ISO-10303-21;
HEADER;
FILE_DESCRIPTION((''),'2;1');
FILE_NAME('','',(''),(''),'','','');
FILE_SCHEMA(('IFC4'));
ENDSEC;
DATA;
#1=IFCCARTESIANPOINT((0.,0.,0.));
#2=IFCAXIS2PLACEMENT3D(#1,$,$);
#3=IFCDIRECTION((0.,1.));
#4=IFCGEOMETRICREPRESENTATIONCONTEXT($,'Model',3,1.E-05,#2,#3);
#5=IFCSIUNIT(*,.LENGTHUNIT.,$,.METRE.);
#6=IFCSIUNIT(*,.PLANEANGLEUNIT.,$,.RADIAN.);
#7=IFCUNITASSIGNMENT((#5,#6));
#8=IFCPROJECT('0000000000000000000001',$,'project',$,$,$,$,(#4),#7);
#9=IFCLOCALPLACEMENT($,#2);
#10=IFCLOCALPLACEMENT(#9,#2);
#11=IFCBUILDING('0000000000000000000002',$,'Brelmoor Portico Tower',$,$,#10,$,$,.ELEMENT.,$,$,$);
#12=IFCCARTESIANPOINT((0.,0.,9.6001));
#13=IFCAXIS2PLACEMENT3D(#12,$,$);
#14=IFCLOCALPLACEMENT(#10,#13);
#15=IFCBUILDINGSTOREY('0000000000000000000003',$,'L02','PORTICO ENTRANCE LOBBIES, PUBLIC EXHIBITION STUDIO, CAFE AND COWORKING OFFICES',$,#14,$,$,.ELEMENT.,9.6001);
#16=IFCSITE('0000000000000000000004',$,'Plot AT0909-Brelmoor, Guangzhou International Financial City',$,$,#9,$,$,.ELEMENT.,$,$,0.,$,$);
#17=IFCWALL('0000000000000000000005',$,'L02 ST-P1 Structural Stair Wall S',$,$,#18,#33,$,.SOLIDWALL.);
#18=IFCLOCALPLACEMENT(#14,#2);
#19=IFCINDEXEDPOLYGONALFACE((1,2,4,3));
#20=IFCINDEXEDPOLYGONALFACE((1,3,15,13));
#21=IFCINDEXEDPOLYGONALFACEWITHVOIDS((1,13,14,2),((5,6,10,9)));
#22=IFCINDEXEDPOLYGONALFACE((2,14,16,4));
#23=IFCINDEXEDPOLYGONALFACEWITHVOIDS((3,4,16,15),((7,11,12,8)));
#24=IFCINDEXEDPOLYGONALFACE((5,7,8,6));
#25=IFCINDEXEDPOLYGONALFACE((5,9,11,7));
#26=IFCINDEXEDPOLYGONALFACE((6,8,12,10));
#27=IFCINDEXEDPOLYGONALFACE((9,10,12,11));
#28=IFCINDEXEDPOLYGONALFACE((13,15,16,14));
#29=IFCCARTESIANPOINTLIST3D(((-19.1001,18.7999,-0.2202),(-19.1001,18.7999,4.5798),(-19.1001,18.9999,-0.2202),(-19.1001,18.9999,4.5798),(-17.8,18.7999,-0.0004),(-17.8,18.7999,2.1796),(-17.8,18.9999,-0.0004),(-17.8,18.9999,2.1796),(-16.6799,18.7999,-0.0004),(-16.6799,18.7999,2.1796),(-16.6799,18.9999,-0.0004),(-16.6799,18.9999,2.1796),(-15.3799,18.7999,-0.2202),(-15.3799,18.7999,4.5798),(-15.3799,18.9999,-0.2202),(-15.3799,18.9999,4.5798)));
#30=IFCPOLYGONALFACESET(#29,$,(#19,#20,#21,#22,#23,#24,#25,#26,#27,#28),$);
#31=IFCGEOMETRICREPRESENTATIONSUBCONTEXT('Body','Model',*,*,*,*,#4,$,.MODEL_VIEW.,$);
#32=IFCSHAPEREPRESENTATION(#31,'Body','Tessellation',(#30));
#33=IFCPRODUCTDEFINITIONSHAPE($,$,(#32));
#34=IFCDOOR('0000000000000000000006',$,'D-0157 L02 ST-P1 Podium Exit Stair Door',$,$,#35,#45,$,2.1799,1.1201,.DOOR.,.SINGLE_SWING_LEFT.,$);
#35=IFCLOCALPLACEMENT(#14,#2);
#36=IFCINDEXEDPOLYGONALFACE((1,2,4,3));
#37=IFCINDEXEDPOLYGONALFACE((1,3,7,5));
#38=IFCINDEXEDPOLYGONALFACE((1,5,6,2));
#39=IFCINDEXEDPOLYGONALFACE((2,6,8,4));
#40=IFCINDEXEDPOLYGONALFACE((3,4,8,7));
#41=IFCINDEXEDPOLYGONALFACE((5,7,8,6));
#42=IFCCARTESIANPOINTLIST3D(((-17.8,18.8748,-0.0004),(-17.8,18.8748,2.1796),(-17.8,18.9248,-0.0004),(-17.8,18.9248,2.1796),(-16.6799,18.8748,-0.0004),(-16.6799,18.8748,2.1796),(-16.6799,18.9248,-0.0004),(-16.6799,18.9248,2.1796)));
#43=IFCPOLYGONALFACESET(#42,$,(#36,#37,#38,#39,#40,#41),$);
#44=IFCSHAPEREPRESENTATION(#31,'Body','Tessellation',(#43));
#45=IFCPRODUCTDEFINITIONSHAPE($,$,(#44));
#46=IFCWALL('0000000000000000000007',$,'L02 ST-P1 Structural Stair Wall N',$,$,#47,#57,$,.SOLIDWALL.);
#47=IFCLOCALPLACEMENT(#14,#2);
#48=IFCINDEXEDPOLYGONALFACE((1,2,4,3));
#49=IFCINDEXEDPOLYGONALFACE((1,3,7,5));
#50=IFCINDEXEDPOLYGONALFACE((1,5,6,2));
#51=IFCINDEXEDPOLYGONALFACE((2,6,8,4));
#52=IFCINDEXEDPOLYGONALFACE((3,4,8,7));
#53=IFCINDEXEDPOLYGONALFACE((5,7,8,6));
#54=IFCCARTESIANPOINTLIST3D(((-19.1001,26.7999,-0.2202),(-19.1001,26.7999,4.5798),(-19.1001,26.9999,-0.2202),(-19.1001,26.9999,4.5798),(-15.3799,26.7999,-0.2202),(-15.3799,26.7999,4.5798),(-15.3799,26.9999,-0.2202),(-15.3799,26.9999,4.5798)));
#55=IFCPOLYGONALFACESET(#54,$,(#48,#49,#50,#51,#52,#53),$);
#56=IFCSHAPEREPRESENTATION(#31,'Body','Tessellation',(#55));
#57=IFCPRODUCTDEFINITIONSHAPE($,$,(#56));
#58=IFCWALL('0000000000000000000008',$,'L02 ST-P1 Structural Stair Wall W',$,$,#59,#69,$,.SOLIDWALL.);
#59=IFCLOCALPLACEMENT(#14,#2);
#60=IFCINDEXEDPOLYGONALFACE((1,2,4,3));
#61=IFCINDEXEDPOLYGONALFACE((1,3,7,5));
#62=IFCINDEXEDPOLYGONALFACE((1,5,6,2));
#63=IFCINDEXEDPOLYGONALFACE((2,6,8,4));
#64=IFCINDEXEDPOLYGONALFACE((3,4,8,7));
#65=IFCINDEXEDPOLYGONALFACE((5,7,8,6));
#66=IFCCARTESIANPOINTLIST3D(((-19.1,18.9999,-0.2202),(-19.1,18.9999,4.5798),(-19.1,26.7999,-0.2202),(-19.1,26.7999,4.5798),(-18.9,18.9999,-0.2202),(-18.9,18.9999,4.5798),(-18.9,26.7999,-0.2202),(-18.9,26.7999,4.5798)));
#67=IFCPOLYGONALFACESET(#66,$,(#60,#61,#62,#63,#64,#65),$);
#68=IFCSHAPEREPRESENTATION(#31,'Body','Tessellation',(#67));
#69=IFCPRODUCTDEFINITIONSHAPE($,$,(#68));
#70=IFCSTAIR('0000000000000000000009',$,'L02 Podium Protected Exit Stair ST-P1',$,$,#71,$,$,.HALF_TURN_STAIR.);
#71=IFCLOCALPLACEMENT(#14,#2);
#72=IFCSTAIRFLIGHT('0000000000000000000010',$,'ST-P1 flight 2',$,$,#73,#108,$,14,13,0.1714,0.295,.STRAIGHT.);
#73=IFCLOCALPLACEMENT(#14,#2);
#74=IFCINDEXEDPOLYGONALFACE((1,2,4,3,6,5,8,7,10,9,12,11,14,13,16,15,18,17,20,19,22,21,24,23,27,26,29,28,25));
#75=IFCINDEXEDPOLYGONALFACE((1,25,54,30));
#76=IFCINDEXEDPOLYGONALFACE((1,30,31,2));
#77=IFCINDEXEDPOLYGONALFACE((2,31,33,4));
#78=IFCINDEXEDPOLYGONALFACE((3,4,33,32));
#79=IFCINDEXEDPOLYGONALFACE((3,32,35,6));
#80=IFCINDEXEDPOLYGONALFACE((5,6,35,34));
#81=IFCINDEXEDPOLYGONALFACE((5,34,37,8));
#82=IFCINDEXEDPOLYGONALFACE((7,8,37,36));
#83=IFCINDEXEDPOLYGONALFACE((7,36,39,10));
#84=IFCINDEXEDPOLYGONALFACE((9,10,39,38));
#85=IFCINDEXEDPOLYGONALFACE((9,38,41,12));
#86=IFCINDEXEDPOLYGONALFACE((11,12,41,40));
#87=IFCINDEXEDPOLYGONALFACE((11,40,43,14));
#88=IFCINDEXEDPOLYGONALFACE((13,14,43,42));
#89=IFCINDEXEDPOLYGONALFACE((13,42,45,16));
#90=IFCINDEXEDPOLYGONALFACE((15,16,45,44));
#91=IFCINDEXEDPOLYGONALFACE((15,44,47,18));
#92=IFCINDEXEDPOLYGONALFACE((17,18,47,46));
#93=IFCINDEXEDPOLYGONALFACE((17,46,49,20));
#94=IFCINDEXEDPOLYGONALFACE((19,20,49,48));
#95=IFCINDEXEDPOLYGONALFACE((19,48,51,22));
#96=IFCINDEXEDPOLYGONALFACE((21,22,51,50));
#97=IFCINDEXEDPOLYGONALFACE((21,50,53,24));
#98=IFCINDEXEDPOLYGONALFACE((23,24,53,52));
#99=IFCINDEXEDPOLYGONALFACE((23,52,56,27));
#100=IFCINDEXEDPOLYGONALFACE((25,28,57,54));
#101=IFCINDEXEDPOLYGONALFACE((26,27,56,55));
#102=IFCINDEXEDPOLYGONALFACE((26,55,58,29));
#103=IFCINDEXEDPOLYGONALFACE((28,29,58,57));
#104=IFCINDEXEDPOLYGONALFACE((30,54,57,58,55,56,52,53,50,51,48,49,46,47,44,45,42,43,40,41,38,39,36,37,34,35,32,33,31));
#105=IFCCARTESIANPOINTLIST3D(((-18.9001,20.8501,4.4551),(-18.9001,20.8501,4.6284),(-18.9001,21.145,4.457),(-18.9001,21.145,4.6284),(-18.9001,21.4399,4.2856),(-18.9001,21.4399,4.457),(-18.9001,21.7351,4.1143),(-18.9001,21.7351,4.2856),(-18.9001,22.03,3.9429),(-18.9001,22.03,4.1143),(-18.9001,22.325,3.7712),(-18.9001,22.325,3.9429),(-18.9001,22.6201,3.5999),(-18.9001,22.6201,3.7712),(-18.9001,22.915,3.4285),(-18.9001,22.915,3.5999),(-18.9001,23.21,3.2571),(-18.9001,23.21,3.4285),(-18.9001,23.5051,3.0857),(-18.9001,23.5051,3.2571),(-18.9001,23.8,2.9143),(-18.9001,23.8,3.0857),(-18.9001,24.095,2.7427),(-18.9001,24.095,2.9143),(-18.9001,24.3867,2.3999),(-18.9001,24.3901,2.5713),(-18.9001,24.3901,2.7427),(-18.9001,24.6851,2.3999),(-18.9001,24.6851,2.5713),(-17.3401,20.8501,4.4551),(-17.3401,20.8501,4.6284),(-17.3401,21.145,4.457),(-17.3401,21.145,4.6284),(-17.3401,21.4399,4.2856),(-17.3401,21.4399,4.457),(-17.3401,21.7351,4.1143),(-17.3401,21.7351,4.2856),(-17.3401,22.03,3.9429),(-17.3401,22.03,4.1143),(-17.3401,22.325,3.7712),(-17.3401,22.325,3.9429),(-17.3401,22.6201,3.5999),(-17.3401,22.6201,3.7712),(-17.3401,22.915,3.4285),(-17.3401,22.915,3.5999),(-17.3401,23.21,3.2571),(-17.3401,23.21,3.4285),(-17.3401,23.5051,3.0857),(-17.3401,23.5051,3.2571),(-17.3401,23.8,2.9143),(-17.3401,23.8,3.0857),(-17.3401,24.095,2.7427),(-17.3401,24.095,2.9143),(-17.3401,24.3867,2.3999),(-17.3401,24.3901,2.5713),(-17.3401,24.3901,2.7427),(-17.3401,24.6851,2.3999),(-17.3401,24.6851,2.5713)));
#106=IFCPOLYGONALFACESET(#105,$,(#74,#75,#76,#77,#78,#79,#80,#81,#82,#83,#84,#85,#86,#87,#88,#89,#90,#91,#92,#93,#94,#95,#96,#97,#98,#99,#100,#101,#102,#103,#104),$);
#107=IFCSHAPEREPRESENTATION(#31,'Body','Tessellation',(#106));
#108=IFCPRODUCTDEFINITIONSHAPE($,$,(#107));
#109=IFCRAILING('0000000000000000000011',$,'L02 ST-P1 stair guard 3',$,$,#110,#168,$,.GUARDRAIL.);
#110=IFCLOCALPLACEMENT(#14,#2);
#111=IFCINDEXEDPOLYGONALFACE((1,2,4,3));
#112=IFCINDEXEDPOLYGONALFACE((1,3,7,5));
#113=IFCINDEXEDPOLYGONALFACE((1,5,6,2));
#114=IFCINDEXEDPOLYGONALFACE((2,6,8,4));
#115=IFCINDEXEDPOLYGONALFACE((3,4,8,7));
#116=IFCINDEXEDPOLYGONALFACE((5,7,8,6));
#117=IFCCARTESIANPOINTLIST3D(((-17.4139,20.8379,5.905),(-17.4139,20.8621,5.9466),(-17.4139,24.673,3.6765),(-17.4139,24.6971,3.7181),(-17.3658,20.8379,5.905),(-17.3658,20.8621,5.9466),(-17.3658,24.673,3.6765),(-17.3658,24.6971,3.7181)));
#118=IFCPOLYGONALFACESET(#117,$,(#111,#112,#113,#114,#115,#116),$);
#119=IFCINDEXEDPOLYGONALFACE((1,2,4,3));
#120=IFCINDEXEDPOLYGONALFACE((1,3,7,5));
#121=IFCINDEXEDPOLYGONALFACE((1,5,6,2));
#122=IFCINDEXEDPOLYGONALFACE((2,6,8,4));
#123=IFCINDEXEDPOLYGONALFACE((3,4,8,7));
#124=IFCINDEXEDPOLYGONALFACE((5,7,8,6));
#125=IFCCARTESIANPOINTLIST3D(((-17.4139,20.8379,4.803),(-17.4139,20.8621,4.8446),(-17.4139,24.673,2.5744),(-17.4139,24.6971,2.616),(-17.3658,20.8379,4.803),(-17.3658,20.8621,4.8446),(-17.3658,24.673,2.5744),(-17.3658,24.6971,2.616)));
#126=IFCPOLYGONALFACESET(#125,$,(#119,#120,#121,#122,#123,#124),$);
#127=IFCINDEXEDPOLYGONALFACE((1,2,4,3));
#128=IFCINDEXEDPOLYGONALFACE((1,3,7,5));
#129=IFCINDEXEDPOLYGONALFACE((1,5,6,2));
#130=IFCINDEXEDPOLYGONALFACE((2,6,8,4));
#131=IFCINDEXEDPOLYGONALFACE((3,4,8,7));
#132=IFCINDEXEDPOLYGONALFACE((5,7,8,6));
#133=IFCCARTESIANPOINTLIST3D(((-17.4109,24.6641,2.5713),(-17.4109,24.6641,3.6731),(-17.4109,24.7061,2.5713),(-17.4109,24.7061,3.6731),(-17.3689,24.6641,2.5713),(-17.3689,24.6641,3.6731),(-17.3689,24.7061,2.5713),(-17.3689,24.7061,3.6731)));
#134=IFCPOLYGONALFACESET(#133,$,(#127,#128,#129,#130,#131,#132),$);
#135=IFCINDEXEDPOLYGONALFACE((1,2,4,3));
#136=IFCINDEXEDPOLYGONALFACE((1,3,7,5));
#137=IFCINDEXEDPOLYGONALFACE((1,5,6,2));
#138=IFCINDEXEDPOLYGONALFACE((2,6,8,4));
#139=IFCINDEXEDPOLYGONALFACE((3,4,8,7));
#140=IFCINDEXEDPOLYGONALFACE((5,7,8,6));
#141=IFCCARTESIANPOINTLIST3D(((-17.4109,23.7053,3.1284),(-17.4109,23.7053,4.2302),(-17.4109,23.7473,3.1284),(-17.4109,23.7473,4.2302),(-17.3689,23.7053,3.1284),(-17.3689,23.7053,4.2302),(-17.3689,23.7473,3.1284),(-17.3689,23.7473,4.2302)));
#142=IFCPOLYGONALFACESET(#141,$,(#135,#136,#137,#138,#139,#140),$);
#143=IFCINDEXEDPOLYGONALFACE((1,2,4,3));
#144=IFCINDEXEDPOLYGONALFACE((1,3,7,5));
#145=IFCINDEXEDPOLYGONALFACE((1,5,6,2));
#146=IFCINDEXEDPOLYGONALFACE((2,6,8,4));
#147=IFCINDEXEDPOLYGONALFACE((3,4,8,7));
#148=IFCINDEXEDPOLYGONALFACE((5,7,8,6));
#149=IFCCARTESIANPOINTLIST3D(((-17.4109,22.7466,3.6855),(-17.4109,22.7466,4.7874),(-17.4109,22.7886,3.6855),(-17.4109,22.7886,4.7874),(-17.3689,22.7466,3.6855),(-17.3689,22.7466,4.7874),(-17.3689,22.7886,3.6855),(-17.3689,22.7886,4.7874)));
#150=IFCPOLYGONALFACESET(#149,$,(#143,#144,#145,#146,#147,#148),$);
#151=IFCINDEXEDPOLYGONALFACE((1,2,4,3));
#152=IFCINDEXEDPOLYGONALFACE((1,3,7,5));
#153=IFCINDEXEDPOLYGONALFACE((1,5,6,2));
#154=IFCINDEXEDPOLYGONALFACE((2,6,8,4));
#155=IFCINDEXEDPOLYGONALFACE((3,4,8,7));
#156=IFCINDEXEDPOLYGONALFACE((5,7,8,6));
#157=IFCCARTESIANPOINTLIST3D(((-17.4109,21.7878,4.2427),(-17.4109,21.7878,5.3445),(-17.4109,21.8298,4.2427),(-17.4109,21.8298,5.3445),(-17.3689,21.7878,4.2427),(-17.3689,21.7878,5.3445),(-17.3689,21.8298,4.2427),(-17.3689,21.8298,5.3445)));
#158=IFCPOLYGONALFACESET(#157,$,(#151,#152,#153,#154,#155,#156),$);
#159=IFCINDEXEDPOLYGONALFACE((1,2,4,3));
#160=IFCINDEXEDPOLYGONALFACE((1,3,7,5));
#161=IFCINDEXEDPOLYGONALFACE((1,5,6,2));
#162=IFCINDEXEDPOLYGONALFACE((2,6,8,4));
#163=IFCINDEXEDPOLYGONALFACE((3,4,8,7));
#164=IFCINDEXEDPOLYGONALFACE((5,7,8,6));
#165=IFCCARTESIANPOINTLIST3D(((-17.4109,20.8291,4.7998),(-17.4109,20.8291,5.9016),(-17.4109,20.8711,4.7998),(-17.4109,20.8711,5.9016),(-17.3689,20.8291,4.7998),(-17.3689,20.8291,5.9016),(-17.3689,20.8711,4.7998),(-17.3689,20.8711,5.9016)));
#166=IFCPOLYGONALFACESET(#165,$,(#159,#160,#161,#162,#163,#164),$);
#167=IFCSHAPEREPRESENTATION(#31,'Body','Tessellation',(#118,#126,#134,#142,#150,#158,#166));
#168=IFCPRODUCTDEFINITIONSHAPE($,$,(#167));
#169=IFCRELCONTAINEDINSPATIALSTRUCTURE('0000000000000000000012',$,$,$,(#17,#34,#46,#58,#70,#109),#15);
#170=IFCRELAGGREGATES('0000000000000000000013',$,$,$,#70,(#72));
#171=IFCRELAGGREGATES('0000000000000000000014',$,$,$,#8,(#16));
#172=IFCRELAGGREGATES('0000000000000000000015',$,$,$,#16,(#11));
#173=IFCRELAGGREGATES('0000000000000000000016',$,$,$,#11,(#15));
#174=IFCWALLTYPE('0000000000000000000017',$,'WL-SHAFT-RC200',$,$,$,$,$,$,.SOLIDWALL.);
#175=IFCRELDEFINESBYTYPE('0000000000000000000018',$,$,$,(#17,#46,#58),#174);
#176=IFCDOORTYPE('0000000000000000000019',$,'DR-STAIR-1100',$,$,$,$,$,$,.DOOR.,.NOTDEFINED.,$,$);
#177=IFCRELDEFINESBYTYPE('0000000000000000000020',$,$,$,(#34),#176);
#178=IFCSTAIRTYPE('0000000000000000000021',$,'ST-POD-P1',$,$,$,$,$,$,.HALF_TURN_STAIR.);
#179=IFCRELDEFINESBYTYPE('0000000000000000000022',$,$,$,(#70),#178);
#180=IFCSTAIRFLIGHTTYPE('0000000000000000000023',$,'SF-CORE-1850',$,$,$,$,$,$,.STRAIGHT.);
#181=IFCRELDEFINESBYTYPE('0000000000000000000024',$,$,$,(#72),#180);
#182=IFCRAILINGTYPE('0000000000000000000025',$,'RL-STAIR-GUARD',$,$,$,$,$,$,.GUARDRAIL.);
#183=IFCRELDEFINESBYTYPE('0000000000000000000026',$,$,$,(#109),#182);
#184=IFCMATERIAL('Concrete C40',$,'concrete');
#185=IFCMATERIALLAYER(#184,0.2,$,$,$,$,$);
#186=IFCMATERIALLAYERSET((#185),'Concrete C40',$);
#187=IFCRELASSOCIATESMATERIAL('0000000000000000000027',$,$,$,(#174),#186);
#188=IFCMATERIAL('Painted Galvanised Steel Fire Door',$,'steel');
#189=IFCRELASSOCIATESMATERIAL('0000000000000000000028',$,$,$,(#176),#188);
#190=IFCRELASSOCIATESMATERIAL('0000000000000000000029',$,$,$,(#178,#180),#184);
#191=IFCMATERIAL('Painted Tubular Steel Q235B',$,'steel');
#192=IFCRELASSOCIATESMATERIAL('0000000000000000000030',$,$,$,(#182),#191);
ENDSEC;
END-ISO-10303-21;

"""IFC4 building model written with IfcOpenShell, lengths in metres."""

from ifc_helpers import new_model, si_unit, direction, frame, frame_2d, origin, origin_2d, place, context, subcontext, project, spatial, polyline, rectangle, outline, extrude, material, layer, layer_set, type_object, element, fill, aggregate, save


model = new_model("IFC4")

# Units and contexts
model_context = context("Model", 3, precision=1e-05, world=origin(), true_north=direction((0.0, 1.0)))
body_context = subcontext(model_context, "Body", "Model", "MODEL_VIEW")
ifc_project = project(units=[si_unit("LENGTHUNIT", "METRE"), si_unit("PLANEANGLEUNIT", "RADIAN")], contexts=[model_context])

# Site, building, storey
site_placement = place(None, origin())
site = spatial("IfcSite", under=ifc_project, at=site_placement, Name="Plot AT0909-Brelmoor, Guangzhou International Financial City", CompositionType="ELEMENT", RefElevation=0.0)
building_placement = place(site_placement, origin())
building = spatial("IfcBuilding", under=site, at=building_placement, Name="Brelmoor Portico Tower", CompositionType="ELEMENT")
storey_placement = place(building_placement, frame((0.0, 0.0, 9.6001)))
storey = spatial("IfcBuildingStorey", under=building, at=storey_placement, Name="L02", Description="PORTICO ENTRANCE LOBBIES, PUBLIC EXHIBITION STUDIO, CAFE AND COWORKING OFFICES", CompositionType="ELEMENT", Elevation=9.6001)

# Wall, opening, door
ifc_material_1 = material(Name="Concrete C40", Category="concrete")
ifc_layer_1 = layer(ifc_material_1, 0.2)
ifc_layer_set_1 = layer_set([ifc_layer_1], Name="Concrete C40")
wall_type_1 = type_object("IfcWallType", Name="WL-SHAFT-RC200", PredefinedType="SOLIDWALL", material=ifc_layer_set_1)
wall_1_placement = place(storey_placement, frame((-19.1001, 18.8999, -0.2202), z_axis=(0.0, 0.0, 1.0), x_axis=(1.0, 0.0, 0.0)))
wall_1 = element("IfcWall", 1, at=wall_1_placement, inside=storey, type_object=wall_type_1, Name="L02 ST-P1 Structural Stair Wall S", PredefinedType="SOLIDWALL", context=body_context, shape_type="SweptSolid", body=[
    extrude(rectangle(XDim=3.7202, YDim=0.2, at=frame_2d((1.8601, 0.0))), origin(), (0.0, 0.0, 1.0), 4.8),
])
opening_1_placement = place(wall_1_placement, frame((1.3, 0.0, 0.22)))
opening_1 = element("IfcOpeningElement", 2, at=opening_1_placement, cuts=wall_1, PredefinedType="OPENING", context=body_context, shape_type="SweptSolid", body=[
    extrude(rectangle(XDim=1.1201, YDim=2.1799, at=frame_2d((0.5601, 1.0898))), frame((0.0, 0.1099, 0.0), z_axis=(0.0, -1.0, 0.0), x_axis=(1.0, 0.0, 0.0)), (0.0, 0.0, 1.0), 0.22),
])
ifc_material_2 = material(Name="Painted Galvanised Steel Fire Door", Category="steel")
door_type = type_object("IfcDoorType", Name="DR-STAIR-1100", OperationType="NOTDEFINED", PredefinedType="DOOR", material=ifc_material_2)
door_placement = place(opening_1_placement, origin())
door = element("IfcDoor", 3, at=door_placement, inside=storey, type_object=door_type, Name="D-0157 L02 ST-P1 Podium Exit Stair Door", OperationType="SINGLE_SWING_LEFT", OverallHeight=2.1799, OverallWidth=1.1201, PredefinedType="DOOR", context=body_context, shape_type="SweptSolid", body=[
    extrude(rectangle(XDim=1.1201, YDim=2.1799, at=frame_2d((0.5601, 1.0898))), frame((0.0, 0.0249, 0.0), z_axis=(0.0, -1.0, 0.0), x_axis=(1.0, 0.0, 0.0)), (0.0, 0.0, 1.0), 0.05),
])
fill(opening_1, door)

# Walls
wall_2_placement = place(storey_placement, frame((-19.1001, 26.8999, -0.2202), z_axis=(0.0, 0.0, 1.0), x_axis=(1.0, 0.0, 0.0)))
element("IfcWall", 4, at=wall_2_placement, inside=storey, type_object=wall_type_1, Name="L02 ST-P1 Structural Stair Wall N", PredefinedType="SOLIDWALL", context=body_context, shape_type="SweptSolid", body=[
    extrude(rectangle(XDim=3.7202, YDim=0.2, at=frame_2d((1.8601, 0.0))), origin(), (0.0, 0.0, 1.0), 4.8),
])
wall_3_placement = place(storey_placement, frame((-19.0, 19.0, -0.2202), z_axis=(0.0, 0.0, 1.0), x_axis=(0.0, 1.0, 0.0)))
element("IfcWall", 5, at=wall_3_placement, inside=storey, type_object=wall_type_1, Name="L02 ST-P1 Structural Stair Wall W", PredefinedType="SOLIDWALL", context=body_context, shape_type="SweptSolid", body=[
    extrude(rectangle(XDim=7.8, YDim=0.2, at=frame_2d((3.8999, 0.0))), origin(), (0.0, 0.0, 1.0), 4.8),
])

# Stair, stair flight
stair_type = type_object("IfcStairType", Name="ST-POD-P1", PredefinedType="HALF_TURN_STAIR", material=ifc_material_1)
stair_placement = place(storey_placement, origin())
stair = element("IfcStair", 6, at=stair_placement, inside=storey, type_object=stair_type, Name="L02 Podium Protected Exit Stair ST-P1", PredefinedType="HALF_TURN_STAIR")
stair_flight_type = type_object("IfcStairFlightType", Name="SF-CORE-1850", PredefinedType="STRAIGHT", material=ifc_material_1)
stair_flight_placement = place(storey_placement, frame((-18.1201, 24.6851, 2.3999), z_axis=(0.0, 0.0, 1.0), x_axis=(0.0, -1.0, 0.0)))
stair_flight = element("IfcStairFlight", 7, at=stair_flight_placement, type_object=stair_flight_type, Name="ST-P1 flight 2", NumberOfRisers=14, NumberOfTreads=13, PredefinedType="STRAIGHT", RiserHeight=0.1714, TreadLength=0.295, context=body_context, shape_type="SweptSolid", body=[
    extrude(outline(polyline([(0.0, 0.0), (0.0, 0.1714), (0.2949, 0.1714), (0.2949, 0.3428), (0.5901, 0.3428), (0.5901, 0.5144), (0.885, 0.5144), (0.885, 0.6858), (1.1799, 0.6858), (1.1799, 0.8572), (1.4751, 0.8572), (1.4751, 1.0286), (1.77, 1.0286), (1.77, 1.2), (2.0649, 1.2), (2.0649, 1.3713), (2.3601, 1.3713), (2.3601, 1.543), (2.655, 1.543), (2.655, 1.7144), (2.95, 1.7144), (2.95, 1.8857), (3.2451, 1.8857), (3.2451, 2.0571), (3.54, 2.0571), (3.54, 2.2285), (3.835, 2.2285), (3.835, 2.3999), (3.835, 2.0552), (0.2983, 0.0), (0.0, 0.0)])), frame((0.0, 0.78, 0.0), z_axis=(0.0, -1.0, 0.0), x_axis=(1.0, 0.0, 0.0)), (0.0, 0.0, 1.0), 1.5601),
])
aggregate(stair, [stair_flight])

# Railing
ifc_material_3 = material(Name="Painted Tubular Steel Q235B", Category="steel")
railing_type_1 = type_object("IfcRailingType", Name="RL-STAIR-GUARD", PredefinedType="GUARDRAIL", material=ifc_material_3)
railing_1_placement = place(storey_placement, frame((-17.3899, 24.6851, 2.5713)))
element("IfcRailing", 8, at=railing_1_placement, inside=storey, type_object=railing_type_1, Name="L02 ST-P1 stair guard 3", PredefinedType="GUARDRAIL", context=body_context, shape_type="SweptSolid", body=[
    extrude(rectangle(XDim=0.0481, YDim=0.0481, at=origin_2d()), frame((0.0, 0.0, 1.126), z_axis=(0.0, -0.864616, 0.502433), x_axis=(1.0, 0.0, 0.0)), (0.0, 0.0, 1.0), 4.4355),
    extrude(rectangle(XDim=0.0481, YDim=0.0481, at=origin_2d()), frame((0.0, 0.0, 0.0239), z_axis=(0.0, -0.864616, 0.502433), x_axis=(1.0, 0.0, 0.0)), (0.0, 0.0, 1.0), 4.4355),
    extrude(rectangle(XDim=0.042, YDim=0.042, at=origin_2d()), origin(), (0.0, 0.0, 1.0), 1.1018),
    extrude(rectangle(XDim=0.042, YDim=0.042, at=origin_2d()), frame((0.0, -0.9587, 0.5571)), (0.0, 0.0, 1.0), 1.1018),
    extrude(rectangle(XDim=0.042, YDim=0.042, at=origin_2d()), frame((0.0, -1.9175, 1.1143)), (0.0, 0.0, 1.0), 1.1018),
    extrude(rectangle(XDim=0.042, YDim=0.042, at=origin_2d()), frame((0.0, -2.8762, 1.6714)), (0.0, 0.0, 1.0), 1.1018),
    extrude(rectangle(XDim=0.042, YDim=0.042, at=origin_2d()), frame((0.0, -3.835, 2.2285)), (0.0, 0.0, 1.0), 1.1018),
])

save(model, "model.ifc")
